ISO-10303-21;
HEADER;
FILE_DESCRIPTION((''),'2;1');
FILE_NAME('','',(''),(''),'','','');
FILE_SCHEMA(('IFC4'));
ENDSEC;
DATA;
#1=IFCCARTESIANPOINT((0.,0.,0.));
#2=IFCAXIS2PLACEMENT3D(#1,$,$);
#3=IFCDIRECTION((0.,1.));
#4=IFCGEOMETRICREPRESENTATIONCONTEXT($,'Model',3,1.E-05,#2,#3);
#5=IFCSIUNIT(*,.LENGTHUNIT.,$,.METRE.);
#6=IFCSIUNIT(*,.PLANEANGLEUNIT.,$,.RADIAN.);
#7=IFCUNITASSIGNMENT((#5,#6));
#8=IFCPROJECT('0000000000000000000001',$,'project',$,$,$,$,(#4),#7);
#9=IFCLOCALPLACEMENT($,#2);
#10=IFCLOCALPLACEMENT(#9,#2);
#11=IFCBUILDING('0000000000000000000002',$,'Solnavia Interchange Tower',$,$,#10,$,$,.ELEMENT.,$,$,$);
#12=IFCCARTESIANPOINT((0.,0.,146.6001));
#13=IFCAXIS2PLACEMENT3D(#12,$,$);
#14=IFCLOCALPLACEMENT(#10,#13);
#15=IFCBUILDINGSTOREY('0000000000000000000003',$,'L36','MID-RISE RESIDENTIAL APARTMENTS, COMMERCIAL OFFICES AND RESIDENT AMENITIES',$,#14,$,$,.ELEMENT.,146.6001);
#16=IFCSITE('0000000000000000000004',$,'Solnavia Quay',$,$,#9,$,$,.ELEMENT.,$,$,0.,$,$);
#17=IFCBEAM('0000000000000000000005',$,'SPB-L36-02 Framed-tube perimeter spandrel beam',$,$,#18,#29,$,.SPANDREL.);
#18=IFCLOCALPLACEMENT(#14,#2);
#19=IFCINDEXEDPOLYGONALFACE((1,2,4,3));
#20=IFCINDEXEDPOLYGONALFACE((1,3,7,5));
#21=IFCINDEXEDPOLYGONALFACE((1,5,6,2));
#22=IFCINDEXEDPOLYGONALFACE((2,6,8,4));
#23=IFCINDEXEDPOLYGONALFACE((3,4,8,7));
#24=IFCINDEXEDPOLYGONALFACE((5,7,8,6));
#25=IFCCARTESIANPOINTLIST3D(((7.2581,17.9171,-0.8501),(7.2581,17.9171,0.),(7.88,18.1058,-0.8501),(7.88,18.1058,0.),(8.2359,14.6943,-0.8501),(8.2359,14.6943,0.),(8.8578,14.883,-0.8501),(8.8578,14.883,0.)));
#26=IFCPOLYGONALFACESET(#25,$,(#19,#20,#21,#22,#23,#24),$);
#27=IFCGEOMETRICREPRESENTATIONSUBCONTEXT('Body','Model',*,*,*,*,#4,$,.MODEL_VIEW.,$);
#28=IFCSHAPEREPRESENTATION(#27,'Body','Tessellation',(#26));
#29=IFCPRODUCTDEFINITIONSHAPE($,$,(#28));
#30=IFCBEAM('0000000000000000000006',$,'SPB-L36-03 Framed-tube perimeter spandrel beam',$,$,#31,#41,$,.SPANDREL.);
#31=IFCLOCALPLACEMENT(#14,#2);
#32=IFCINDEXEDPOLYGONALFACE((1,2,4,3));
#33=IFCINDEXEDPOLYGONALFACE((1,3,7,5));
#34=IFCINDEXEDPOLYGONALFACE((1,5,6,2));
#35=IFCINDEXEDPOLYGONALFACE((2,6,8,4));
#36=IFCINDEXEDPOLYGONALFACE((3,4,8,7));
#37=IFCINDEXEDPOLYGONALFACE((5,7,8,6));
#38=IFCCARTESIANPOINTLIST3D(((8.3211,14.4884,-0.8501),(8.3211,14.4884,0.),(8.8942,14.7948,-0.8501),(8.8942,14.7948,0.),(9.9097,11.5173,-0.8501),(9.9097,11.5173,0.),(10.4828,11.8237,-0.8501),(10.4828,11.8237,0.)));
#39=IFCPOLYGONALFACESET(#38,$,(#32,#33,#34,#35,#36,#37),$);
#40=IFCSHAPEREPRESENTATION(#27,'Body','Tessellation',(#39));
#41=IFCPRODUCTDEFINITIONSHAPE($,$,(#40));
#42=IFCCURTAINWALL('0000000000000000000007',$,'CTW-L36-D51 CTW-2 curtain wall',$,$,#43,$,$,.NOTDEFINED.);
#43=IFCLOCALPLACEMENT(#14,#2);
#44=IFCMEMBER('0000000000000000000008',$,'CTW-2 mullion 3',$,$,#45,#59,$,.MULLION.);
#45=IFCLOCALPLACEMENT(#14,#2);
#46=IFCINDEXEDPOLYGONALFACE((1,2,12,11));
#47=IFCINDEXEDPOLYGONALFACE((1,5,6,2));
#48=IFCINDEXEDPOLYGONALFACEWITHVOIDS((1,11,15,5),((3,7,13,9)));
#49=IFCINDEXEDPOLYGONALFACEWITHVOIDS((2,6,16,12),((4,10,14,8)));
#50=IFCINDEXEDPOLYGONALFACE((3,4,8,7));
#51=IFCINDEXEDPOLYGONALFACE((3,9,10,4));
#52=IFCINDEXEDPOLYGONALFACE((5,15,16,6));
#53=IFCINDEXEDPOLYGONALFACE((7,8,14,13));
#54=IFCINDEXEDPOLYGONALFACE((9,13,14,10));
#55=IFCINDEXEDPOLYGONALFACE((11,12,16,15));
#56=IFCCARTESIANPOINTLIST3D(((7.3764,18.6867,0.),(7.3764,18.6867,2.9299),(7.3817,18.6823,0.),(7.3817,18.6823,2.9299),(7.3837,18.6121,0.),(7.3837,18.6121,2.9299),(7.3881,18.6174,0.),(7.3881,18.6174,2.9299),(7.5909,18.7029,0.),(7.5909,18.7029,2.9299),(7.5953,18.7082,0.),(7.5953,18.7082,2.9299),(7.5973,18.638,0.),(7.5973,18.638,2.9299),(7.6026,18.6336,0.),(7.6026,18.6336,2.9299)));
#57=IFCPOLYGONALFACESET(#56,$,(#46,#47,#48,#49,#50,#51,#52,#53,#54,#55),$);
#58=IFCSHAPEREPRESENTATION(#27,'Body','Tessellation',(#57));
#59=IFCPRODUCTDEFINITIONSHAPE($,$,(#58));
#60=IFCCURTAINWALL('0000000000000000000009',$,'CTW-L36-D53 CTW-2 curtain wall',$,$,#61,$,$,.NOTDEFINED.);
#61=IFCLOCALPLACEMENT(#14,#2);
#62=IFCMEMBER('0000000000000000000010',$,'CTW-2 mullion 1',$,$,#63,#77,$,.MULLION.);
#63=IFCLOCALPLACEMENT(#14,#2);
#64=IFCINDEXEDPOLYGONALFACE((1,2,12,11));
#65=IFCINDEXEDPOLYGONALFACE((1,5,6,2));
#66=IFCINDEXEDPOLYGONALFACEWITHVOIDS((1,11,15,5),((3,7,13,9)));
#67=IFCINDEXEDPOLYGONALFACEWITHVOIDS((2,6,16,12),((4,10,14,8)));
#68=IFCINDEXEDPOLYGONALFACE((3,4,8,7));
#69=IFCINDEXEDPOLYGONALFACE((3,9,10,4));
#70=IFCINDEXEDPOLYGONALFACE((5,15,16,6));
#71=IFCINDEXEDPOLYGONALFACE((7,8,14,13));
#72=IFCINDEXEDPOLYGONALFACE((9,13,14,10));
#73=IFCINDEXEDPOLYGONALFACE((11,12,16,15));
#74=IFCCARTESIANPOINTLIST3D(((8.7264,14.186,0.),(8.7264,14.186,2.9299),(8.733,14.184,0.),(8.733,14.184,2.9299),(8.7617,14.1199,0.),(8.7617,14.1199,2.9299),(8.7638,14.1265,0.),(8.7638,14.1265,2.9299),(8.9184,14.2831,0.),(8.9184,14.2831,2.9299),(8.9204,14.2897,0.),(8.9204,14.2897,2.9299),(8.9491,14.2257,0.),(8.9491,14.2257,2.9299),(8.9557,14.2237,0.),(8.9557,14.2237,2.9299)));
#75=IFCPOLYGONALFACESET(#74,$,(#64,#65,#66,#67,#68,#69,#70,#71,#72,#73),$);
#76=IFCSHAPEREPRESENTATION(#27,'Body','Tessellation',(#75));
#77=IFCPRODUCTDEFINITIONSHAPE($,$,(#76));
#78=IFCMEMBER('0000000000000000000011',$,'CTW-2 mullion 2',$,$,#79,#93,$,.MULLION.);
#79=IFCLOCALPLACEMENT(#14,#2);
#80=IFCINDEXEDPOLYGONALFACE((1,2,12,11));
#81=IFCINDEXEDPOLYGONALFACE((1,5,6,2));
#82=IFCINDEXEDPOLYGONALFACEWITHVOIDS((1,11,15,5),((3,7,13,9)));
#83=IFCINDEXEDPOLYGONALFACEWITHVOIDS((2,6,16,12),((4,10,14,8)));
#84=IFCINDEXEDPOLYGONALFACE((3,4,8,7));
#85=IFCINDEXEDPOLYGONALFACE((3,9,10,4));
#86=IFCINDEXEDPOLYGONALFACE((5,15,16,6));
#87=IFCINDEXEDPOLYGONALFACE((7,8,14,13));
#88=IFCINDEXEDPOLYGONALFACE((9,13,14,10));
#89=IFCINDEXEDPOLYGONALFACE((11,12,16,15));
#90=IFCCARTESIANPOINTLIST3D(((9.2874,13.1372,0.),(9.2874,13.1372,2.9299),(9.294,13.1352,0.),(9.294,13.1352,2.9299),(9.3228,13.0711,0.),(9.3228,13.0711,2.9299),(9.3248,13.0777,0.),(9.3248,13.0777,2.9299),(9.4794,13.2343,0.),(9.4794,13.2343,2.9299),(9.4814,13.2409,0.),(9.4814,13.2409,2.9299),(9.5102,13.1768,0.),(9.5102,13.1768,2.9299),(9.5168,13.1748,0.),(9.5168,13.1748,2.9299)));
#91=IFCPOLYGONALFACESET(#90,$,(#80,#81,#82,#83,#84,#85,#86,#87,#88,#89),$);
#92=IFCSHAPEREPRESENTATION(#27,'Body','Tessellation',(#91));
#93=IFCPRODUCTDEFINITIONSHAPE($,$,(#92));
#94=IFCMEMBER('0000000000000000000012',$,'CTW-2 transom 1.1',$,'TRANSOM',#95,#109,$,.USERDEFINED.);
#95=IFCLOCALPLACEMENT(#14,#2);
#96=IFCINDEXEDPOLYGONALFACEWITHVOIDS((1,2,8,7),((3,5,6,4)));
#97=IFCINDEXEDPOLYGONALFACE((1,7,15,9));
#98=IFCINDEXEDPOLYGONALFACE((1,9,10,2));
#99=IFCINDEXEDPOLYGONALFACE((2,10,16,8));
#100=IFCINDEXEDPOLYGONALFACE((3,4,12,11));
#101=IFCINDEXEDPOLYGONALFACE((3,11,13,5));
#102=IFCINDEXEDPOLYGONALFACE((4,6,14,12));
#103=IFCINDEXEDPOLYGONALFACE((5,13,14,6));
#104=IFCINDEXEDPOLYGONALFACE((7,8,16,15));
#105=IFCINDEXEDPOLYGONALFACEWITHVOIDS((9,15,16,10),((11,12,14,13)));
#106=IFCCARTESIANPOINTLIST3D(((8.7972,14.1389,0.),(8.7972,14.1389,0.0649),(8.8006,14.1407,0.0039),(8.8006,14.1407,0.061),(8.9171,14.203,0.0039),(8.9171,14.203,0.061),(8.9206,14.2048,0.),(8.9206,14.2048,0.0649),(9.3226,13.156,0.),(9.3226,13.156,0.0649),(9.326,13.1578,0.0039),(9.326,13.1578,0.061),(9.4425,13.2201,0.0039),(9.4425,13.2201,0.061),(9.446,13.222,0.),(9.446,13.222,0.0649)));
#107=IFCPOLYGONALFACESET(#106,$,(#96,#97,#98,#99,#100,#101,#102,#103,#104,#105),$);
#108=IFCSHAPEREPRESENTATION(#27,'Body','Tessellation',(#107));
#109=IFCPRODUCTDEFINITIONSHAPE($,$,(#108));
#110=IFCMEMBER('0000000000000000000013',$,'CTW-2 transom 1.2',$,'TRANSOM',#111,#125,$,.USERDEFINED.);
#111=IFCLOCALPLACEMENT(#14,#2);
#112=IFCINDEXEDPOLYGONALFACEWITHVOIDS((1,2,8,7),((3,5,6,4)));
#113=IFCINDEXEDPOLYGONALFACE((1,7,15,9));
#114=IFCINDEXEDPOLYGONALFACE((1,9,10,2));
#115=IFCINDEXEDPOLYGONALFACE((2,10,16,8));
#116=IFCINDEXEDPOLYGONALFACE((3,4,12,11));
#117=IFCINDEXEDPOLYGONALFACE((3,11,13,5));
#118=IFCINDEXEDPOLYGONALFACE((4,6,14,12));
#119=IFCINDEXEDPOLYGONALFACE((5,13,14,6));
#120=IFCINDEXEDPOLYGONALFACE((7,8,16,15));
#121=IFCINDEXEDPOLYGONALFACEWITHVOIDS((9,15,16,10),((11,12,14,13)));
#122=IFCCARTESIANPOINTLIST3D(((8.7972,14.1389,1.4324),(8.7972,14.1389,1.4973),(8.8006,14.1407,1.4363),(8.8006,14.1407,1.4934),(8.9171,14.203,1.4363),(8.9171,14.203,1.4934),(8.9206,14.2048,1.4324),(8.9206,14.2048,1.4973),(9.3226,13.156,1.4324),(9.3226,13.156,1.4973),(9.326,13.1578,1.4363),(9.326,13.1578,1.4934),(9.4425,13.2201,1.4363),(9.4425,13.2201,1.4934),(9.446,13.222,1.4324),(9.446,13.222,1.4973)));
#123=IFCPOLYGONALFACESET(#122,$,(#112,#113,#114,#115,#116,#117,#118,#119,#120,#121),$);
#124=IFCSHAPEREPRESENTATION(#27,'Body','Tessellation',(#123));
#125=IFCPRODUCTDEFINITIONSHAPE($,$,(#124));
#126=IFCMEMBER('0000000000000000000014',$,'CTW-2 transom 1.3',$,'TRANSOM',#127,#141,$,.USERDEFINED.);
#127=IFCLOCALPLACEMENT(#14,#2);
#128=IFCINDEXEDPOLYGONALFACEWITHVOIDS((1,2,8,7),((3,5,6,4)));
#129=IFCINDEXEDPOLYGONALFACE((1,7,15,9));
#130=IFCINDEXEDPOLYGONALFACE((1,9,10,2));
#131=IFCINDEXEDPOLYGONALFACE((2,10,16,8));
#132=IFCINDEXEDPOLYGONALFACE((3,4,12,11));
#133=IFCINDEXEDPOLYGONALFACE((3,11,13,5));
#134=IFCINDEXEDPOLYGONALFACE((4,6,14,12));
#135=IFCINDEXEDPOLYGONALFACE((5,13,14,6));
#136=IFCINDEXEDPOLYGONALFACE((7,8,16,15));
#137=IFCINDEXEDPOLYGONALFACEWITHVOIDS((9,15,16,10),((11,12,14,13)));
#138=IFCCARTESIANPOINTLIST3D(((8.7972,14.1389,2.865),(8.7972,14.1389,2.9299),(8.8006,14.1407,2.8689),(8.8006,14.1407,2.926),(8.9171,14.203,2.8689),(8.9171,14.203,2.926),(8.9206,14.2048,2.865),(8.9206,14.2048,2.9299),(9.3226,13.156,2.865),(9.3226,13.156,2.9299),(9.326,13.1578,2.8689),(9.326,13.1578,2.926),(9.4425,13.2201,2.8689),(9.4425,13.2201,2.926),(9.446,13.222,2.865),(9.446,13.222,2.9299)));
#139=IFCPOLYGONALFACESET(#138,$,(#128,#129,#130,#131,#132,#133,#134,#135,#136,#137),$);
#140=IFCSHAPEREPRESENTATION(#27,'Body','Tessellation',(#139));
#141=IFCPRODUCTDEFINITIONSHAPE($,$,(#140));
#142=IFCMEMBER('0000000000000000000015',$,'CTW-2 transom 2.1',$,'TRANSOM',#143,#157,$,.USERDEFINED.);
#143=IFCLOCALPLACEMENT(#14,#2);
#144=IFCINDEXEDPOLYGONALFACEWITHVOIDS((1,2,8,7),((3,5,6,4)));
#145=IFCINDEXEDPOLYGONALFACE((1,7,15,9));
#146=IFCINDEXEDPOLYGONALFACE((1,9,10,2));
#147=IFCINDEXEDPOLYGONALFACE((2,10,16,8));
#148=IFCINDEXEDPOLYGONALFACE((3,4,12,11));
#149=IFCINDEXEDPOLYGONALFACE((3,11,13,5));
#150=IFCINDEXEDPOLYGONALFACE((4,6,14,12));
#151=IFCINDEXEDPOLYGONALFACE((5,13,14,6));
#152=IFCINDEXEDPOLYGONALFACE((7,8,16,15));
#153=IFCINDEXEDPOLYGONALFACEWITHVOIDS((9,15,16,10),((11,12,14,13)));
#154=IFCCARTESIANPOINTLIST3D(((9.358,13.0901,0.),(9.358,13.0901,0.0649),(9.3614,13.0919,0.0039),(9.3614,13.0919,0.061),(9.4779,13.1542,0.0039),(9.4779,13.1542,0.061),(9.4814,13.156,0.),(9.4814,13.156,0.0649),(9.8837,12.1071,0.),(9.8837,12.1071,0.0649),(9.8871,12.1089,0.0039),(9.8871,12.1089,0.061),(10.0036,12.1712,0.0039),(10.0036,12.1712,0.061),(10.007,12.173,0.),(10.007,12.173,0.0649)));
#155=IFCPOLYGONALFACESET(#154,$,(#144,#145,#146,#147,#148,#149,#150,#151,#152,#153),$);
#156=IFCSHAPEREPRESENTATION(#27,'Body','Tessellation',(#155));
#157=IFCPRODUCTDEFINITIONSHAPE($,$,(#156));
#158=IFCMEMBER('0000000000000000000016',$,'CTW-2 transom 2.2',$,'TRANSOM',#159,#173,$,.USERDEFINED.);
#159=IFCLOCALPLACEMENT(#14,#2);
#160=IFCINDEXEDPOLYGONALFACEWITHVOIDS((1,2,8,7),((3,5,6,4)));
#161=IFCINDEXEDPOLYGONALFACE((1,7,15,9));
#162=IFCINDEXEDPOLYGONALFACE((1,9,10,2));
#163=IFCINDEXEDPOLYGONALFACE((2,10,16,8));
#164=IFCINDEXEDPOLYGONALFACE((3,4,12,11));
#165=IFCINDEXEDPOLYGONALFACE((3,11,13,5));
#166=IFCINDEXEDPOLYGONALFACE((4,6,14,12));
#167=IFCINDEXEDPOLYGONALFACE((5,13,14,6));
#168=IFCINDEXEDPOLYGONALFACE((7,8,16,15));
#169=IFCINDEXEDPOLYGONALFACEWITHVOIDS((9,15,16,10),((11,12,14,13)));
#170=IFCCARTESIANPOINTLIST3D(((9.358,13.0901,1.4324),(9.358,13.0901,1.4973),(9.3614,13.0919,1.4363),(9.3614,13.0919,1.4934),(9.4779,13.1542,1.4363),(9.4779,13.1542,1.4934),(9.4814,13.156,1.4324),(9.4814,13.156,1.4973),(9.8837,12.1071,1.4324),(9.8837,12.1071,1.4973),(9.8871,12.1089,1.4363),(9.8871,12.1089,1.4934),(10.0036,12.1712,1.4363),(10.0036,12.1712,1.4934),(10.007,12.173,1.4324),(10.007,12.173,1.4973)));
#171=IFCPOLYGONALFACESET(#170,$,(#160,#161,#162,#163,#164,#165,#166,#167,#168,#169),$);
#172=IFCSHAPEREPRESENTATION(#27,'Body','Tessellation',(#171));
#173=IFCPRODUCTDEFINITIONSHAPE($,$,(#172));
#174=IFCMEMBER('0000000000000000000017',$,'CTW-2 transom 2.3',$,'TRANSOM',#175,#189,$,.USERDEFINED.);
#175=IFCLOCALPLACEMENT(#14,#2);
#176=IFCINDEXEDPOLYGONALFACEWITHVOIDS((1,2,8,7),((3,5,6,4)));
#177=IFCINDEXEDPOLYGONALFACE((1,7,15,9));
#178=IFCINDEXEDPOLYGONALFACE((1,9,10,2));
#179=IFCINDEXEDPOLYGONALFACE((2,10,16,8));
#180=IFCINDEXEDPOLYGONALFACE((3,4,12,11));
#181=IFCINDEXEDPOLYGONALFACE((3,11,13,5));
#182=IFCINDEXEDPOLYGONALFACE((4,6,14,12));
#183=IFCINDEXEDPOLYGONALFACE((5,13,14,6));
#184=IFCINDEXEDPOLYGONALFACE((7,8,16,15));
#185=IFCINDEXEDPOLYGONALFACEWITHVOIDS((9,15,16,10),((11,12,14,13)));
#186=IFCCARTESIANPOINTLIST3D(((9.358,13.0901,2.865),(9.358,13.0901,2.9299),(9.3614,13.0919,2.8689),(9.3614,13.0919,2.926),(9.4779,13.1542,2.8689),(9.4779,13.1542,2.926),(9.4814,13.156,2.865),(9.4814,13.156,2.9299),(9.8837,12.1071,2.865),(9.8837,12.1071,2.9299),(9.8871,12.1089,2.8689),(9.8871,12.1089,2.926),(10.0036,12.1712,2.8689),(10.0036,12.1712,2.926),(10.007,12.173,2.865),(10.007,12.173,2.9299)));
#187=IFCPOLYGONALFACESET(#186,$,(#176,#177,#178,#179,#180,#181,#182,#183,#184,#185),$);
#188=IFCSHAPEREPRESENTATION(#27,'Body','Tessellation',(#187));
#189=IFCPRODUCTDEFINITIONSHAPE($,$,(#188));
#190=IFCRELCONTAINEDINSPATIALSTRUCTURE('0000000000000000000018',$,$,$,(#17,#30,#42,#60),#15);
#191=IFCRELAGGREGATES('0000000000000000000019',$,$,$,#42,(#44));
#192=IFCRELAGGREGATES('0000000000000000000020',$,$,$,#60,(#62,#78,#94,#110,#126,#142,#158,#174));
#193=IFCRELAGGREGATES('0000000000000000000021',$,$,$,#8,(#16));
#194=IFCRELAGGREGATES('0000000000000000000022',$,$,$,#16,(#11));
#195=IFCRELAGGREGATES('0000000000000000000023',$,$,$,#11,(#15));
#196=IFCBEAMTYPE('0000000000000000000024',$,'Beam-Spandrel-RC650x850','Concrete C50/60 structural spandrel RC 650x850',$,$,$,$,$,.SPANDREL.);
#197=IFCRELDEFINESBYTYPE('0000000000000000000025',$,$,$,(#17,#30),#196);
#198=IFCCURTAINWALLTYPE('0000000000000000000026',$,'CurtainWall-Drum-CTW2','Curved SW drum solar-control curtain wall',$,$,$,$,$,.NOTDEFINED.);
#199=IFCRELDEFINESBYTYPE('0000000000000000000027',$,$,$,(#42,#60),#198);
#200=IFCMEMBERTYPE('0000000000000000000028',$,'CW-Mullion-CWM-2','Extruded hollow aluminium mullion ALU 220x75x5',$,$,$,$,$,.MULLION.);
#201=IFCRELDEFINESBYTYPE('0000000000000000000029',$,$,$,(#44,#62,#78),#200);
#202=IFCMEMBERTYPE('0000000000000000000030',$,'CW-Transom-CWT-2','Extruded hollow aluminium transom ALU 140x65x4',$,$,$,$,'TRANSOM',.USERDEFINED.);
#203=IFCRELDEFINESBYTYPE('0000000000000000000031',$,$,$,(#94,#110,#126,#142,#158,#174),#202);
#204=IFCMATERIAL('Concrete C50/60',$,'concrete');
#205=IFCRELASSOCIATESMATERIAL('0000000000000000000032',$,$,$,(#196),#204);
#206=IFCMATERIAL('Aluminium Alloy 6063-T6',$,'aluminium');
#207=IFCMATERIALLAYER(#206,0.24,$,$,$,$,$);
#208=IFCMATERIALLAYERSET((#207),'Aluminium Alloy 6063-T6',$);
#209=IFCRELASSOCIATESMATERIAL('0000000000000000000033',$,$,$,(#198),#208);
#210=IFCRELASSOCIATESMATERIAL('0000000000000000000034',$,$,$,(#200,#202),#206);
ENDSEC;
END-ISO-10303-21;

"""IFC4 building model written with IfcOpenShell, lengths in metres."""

from ifc_helpers import new_model, si_unit, direction, frame, origin, origin_2d, place, context, subcontext, project, spatial, rectangle, hollow_rectangle, extrude, material, layer, layer_set, material_profile, profile_set, type_object, element, aggregate, save


model = new_model("IFC4")

# Units and contexts
model_context = context("Model", 3, precision=1e-05, world=origin(), true_north=direction((0.0, 1.0)))
body_context = subcontext(model_context, "Body", "Model", "MODEL_VIEW")
ifc_project = project(units=[si_unit("LENGTHUNIT", "METRE"), si_unit("PLANEANGLEUNIT", "RADIAN")], contexts=[model_context])

# Site, building, storey
site_placement = place(None, origin())
site = spatial("IfcSite", under=ifc_project, at=site_placement, Name="Solnavia Quay", CompositionType="ELEMENT", RefElevation=0.0)
building_placement = place(site_placement, origin())
building = spatial("IfcBuilding", under=site, at=building_placement, Name="Solnavia Interchange Tower", CompositionType="ELEMENT")
storey_placement = place(building_placement, frame((0.0, 0.0, 146.6001)))
storey = spatial("IfcBuildingStorey", under=building, at=storey_placement, Name="L36", Description="MID-RISE RESIDENTIAL APARTMENTS, COMMERCIAL OFFICES AND RESIDENT AMENITIES", CompositionType="ELEMENT", Elevation=146.6001)

# Shared definitions
ifc_material_1 = material(Name="Concrete C50/60", Category="concrete")

# Beams
ifc_material_profile_1 = material_profile(ifc_material_1, rectangle(XDim=0.6499, YDim=0.8501, at=origin_2d()), Name="RC 650x850")
ifc_profile_set_1 = profile_set([ifc_material_profile_1], Name="Concrete C50/60")
beam_type_1 = type_object("IfcBeamType", Name="Beam-Spandrel-RC650x850", Description="Concrete C50/60 structural spandrel RC 650x850", PredefinedType="SPANDREL", material=ifc_profile_set_1)
beam_1_placement = place(storey_placement, frame((7.5691, 18.0115, -0.425), z_axis=(0.290319, -0.95693, 0.0), x_axis=(0.95693, 0.290319, 0.0)))
element("IfcBeam", 1, at=beam_1_placement, inside=storey, type_object=beam_type_1, Name="SPB-L36-02 Framed-tube perimeter spandrel beam", PredefinedType="SPANDREL", context=body_context, shape_type="SweptSolid", body=[
    extrude(rectangle(XDim=0.6499, YDim=0.8501, at=origin_2d()), origin(), (0.0, 0.0, 1.0), 3.3679),
])
beam_2_placement = place(storey_placement, frame((8.6077, 14.6416, -0.425), z_axis=(0.471509, -0.881861, 0.0), x_axis=(0.881861, 0.471509, 0.0)))
element("IfcBeam", 2, at=beam_2_placement, inside=storey, type_object=beam_type_1, Name="SPB-L36-03 Framed-tube perimeter spandrel beam", PredefinedType="SPANDREL", context=body_context, shape_type="SweptSolid", body=[
    extrude(rectangle(XDim=0.6499, YDim=0.8501, at=origin_2d()), origin(), (0.0, 0.0, 1.0), 3.3691),
])

# Curtain wall, member
ifc_material_2 = material(Name="Aluminium Alloy 6063-T6", Category="aluminium")
ifc_layer_1 = layer(ifc_material_2, 0.24)
ifc_layer_set_1 = layer_set([ifc_layer_1], Name="Aluminium Alloy 6063-T6")
curtain_wall_type = type_object("IfcCurtainWallType", Name="CurtainWall-Drum-CTW2", Description="Curved SW drum solar-control curtain wall", PredefinedType="NOTDEFINED", material=ifc_layer_set_1)
curtain_wall_1_placement = place(storey_placement, origin())
curtain_wall_1 = element("IfcCurtainWall", 3, at=curtain_wall_1_placement, inside=storey, type_object=curtain_wall_type, Name="CTW-L36-D51 CTW-2 curtain wall", PredefinedType="NOTDEFINED")
ifc_material_profile_2 = material_profile(ifc_material_2, hollow_rectangle(XDim=0.075, YDim=0.22, WallThickness=0.0049, at=origin_2d()), Name="ALU 220x75x5")
ifc_profile_set_2 = profile_set([ifc_material_profile_2], Name="Aluminium Alloy 6063-T6")
member_type_1 = type_object("IfcMemberType", Name="CW-Mullion-CWM-2", Description="Extruded hollow aluminium mullion ALU 220x75x5", PredefinedType="MULLION", material=ifc_profile_set_2)
member_1_placement = place(storey_placement, frame((7.4895, 18.6602, 0.0), z_axis=(0.0, 0.0, 1.0), x_axis=(0.098043, -0.995182, 0.0)))
member_1 = element("IfcMember", 4, at=member_1_placement, type_object=member_type_1, Name="CTW-2 mullion 3", PredefinedType="MULLION", context=body_context, shape_type="SweptSolid", body=[
    extrude(hollow_rectangle(XDim=0.075, YDim=0.22, WallThickness=0.0049, at=origin_2d()), origin(), (0.0, 0.0, 1.0), 2.9299),
])

# Curtain wall, members
curtain_wall_2_placement = place(storey_placement, origin())
curtain_wall_2 = element("IfcCurtainWall", 5, at=curtain_wall_2_placement, inside=storey, type_object=curtain_wall_type, Name="CTW-L36-D53 CTW-2 curtain wall", PredefinedType="NOTDEFINED")
member_2_placement = place(storey_placement, frame((8.8411, 14.2048, 0.0), z_axis=(0.0, 0.0, 1.0), x_axis=(0.471561, -0.881834, 0.0)))
member_2 = element("IfcMember", 6, at=member_2_placement, type_object=member_type_1, Name="CTW-2 mullion 1", PredefinedType="MULLION", context=body_context, shape_type="SweptSolid", body=[
    extrude(hollow_rectangle(XDim=0.075, YDim=0.22, WallThickness=0.0049, at=origin_2d()), origin(), (0.0, 0.0, 1.0), 2.9299),
])
member_3_placement = place(storey_placement, frame((9.4021, 13.156, 0.0), z_axis=(0.0, 0.0, 1.0), x_axis=(0.471561, -0.881834, 0.0)))
member_3 = element("IfcMember", 7, at=member_3_placement, type_object=member_type_1, Name="CTW-2 mullion 2", PredefinedType="MULLION", context=body_context, shape_type="SweptSolid", body=[
    extrude(hollow_rectangle(XDim=0.075, YDim=0.22, WallThickness=0.0049, at=origin_2d()), origin(), (0.0, 0.0, 1.0), 2.9299),
])
ifc_material_profile_3 = material_profile(ifc_material_2, hollow_rectangle(XDim=0.0649, YDim=0.1399, WallThickness=0.0039, at=origin_2d()), Name="ALU 140x65x4")
ifc_profile_set_3 = profile_set([ifc_material_profile_3], Name="Aluminium Alloy 6063-T6")
member_type_2 = type_object("IfcMemberType", Name="CW-Transom-CWT-2", Description="Extruded hollow aluminium transom ALU 140x65x4", ElementType="TRANSOM", PredefinedType="USERDEFINED", material=ifc_profile_set_3)
member_4_placement = place(storey_placement, frame((8.8589, 14.1719, 0.0325), z_axis=(0.471407, -0.881916, 0.0), x_axis=(0.0, 0.0, 1.0)))
member_4 = element("IfcMember", 8, at=member_4_placement, type_object=member_type_2, Name="CTW-2 transom 1.1", ObjectType="TRANSOM", PredefinedType="USERDEFINED", context=body_context, shape_type="SweptSolid", body=[
    extrude(hollow_rectangle(XDim=0.0649, YDim=0.1399, WallThickness=0.0039, at=origin_2d()), origin(), (0.0, 0.0, 1.0), 1.1145),
])
member_5_placement = place(storey_placement, frame((8.8589, 14.1719, 1.4648), z_axis=(0.471407, -0.881916, 0.0), x_axis=(0.0, 0.0, 1.0)))
member_5 = element("IfcMember", 9, at=member_5_placement, type_object=member_type_2, Name="CTW-2 transom 1.2", ObjectType="TRANSOM", PredefinedType="USERDEFINED", context=body_context, shape_type="SweptSolid", body=[
    extrude(hollow_rectangle(XDim=0.0649, YDim=0.1399, WallThickness=0.0039, at=origin_2d()), origin(), (0.0, 0.0, 1.0), 1.1145),
])
member_6_placement = place(storey_placement, frame((8.8589, 14.1719, 2.8975), z_axis=(0.471407, -0.881916, 0.0), x_axis=(0.0, 0.0, 1.0)))
member_6 = element("IfcMember", 10, at=member_6_placement, type_object=member_type_2, Name="CTW-2 transom 1.3", ObjectType="TRANSOM", PredefinedType="USERDEFINED", context=body_context, shape_type="SweptSolid", body=[
    extrude(hollow_rectangle(XDim=0.0649, YDim=0.1399, WallThickness=0.0039, at=origin_2d()), origin(), (0.0, 0.0, 1.0), 1.1145),
])
member_7_placement = place(storey_placement, frame((9.4197, 13.123, 0.0325), z_axis=(0.471577, -0.881825, 0.0), x_axis=(0.0, 0.0, 1.0)))
member_7 = element("IfcMember", 11, at=member_7_placement, type_object=member_type_2, Name="CTW-2 transom 2.1", ObjectType="TRANSOM", PredefinedType="USERDEFINED", context=body_context, shape_type="SweptSolid", body=[
    extrude(hollow_rectangle(XDim=0.0649, YDim=0.1399, WallThickness=0.0039, at=origin_2d()), origin(), (0.0, 0.0, 1.0), 1.1147),
])
member_8_placement = place(storey_placement, frame((9.4197, 13.123, 1.4648), z_axis=(0.471577, -0.881825, 0.0), x_axis=(0.0, 0.0, 1.0)))
member_8 = element("IfcMember", 12, at=member_8_placement, type_object=member_type_2, Name="CTW-2 transom 2.2", ObjectType="TRANSOM", PredefinedType="USERDEFINED", context=body_context, shape_type="SweptSolid", body=[
    extrude(hollow_rectangle(XDim=0.0649, YDim=0.1399, WallThickness=0.0039, at=origin_2d()), origin(), (0.0, 0.0, 1.0), 1.1147),
])
member_9_placement = place(storey_placement, frame((9.4197, 13.123, 2.8975), z_axis=(0.471577, -0.881825, 0.0), x_axis=(0.0, 0.0, 1.0)))
member_9 = element("IfcMember", 13, at=member_9_placement, type_object=member_type_2, Name="CTW-2 transom 2.3", ObjectType="TRANSOM", PredefinedType="USERDEFINED", context=body_context, shape_type="SweptSolid", body=[
    extrude(hollow_rectangle(XDim=0.0649, YDim=0.1399, WallThickness=0.0039, at=origin_2d()), origin(), (0.0, 0.0, 1.0), 1.1147),
])

aggregate(curtain_wall_1, [member_1])
aggregate(curtain_wall_2, [member_2, member_3, member_4, member_5, member_6, member_7, member_8, member_9])

save(model, "model.ifc")
